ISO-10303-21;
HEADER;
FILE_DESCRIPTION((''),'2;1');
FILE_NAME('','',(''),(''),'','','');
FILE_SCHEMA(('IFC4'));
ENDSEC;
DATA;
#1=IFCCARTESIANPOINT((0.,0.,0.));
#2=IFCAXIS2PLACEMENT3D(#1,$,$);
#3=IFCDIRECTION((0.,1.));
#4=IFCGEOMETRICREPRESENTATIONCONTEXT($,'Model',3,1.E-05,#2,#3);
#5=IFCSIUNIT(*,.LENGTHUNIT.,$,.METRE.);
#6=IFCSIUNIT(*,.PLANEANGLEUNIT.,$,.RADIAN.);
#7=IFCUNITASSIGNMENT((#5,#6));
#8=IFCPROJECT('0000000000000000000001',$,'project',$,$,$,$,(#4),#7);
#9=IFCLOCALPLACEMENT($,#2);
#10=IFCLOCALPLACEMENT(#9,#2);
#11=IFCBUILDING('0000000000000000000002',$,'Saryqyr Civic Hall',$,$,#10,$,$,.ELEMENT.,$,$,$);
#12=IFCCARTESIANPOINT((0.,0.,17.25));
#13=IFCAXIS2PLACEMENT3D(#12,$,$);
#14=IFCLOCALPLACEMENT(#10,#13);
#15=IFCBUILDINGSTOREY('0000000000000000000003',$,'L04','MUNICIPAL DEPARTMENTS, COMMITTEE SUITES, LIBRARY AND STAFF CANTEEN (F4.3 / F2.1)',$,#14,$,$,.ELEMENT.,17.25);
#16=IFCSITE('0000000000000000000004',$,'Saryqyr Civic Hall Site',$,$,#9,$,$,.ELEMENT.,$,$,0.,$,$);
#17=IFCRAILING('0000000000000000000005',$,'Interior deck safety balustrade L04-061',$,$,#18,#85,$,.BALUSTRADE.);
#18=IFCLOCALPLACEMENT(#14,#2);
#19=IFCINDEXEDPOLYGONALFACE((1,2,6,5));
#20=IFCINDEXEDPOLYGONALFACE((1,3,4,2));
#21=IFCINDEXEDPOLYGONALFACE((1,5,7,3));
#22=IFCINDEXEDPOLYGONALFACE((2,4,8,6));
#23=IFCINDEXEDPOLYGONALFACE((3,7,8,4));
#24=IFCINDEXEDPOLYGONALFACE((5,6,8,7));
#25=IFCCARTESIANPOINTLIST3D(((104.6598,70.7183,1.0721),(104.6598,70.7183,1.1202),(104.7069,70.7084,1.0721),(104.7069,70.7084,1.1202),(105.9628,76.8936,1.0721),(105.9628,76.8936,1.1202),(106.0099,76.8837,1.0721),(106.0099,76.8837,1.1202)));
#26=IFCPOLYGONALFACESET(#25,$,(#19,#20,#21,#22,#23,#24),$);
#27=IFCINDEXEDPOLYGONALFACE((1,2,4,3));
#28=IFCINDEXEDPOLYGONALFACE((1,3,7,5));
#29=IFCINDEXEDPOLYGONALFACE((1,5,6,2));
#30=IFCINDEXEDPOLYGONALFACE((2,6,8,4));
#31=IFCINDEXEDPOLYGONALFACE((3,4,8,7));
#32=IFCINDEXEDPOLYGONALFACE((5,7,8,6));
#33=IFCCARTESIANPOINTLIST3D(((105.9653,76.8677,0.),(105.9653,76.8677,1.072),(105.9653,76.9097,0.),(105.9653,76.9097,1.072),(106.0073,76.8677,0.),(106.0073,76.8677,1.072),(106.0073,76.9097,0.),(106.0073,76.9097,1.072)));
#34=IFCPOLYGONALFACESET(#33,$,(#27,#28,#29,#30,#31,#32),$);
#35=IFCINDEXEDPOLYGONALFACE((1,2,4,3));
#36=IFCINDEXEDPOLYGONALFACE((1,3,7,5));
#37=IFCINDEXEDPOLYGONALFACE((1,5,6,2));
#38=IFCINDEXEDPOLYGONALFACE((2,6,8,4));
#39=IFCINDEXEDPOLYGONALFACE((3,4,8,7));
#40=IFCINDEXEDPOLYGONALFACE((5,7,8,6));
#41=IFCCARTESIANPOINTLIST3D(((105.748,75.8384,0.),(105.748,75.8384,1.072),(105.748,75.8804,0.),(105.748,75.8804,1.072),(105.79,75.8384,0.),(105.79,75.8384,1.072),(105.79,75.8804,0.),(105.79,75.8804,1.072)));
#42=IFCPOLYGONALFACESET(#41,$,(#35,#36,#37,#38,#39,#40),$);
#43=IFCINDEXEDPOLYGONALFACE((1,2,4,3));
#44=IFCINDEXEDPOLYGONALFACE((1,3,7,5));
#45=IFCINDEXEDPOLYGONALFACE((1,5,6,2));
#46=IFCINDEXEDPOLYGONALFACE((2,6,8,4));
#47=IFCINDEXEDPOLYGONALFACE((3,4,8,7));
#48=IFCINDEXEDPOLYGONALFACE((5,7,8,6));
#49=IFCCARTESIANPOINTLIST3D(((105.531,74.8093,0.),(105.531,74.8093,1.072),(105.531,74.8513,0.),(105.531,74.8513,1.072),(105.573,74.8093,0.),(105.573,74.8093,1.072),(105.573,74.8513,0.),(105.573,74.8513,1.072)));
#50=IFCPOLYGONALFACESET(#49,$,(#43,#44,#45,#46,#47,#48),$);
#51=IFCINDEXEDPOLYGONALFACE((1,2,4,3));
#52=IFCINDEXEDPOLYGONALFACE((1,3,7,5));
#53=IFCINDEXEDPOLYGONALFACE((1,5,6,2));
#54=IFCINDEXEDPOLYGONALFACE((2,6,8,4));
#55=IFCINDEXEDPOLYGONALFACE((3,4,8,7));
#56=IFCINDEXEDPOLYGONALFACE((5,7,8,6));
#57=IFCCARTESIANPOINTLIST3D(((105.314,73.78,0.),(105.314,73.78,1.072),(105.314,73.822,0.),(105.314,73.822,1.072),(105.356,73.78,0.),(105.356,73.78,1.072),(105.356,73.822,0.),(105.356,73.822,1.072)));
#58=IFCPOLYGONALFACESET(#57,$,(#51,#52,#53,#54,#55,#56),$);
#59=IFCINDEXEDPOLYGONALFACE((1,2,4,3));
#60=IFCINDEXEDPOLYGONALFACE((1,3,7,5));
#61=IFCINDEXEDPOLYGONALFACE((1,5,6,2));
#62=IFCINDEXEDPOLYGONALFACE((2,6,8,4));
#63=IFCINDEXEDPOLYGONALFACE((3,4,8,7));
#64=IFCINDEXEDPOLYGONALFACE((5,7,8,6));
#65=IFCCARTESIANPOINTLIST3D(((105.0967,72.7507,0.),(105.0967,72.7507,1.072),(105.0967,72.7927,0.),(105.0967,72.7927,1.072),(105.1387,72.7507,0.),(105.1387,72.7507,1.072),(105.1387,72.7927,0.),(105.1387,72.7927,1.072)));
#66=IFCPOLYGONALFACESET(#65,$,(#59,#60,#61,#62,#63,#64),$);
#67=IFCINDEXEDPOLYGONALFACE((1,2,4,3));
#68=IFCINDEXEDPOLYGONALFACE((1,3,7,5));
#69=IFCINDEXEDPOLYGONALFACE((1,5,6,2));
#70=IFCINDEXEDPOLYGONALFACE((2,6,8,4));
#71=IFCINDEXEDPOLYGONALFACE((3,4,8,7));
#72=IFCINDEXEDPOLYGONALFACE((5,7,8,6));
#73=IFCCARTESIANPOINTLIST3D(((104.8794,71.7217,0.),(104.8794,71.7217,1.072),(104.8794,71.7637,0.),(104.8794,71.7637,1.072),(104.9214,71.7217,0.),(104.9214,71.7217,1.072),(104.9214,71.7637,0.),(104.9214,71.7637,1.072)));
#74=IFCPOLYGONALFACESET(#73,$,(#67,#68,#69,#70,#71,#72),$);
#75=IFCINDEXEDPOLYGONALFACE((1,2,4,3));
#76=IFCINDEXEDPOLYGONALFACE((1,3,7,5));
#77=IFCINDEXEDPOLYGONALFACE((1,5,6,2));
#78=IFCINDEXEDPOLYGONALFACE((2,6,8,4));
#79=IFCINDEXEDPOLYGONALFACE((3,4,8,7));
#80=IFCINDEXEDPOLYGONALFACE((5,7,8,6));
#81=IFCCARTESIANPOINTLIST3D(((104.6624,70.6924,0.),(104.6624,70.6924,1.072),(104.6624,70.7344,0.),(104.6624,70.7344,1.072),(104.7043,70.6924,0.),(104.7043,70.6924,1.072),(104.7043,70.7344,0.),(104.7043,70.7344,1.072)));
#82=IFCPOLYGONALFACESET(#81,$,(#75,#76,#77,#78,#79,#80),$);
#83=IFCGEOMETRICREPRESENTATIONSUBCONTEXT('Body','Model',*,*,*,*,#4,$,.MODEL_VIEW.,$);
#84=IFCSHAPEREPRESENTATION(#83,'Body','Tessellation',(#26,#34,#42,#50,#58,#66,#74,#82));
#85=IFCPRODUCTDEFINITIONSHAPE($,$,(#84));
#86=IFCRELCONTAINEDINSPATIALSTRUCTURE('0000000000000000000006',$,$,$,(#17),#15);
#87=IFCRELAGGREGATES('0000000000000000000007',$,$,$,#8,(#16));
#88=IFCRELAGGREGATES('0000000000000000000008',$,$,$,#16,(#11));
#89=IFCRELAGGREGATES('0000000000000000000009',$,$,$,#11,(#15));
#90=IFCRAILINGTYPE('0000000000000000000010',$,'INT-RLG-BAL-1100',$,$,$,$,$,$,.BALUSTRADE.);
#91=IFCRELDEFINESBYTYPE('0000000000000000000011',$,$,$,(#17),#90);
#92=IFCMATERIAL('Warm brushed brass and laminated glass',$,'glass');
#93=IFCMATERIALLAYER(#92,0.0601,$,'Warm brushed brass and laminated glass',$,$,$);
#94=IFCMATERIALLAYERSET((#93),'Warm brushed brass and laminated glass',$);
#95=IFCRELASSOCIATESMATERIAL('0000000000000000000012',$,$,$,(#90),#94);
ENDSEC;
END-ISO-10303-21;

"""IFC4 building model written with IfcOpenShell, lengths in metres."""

from ifc_helpers import new_model, si_unit, direction, frame, origin, origin_2d, place, context, subcontext, project, spatial, rectangle, extrude, material, layer, layer_set, type_object, element, save


model = new_model("IFC4")

# Units and contexts
model_context = context("Model", 3, precision=1e-05, world=origin(), true_north=direction((0.0, 1.0)))
body_context = subcontext(model_context, "Body", "Model", "MODEL_VIEW")
ifc_project = project(units=[si_unit("LENGTHUNIT", "METRE"), si_unit("PLANEANGLEUNIT", "RADIAN")], contexts=[model_context])

# Site, building, storey
site_placement = place(None, origin())
site = spatial("IfcSite", under=ifc_project, at=site_placement, Name="Saryqyr Civic Hall Site", CompositionType="ELEMENT", RefElevation=0.0)
building_placement = place(site_placement, origin())
building = spatial("IfcBuilding", under=site, at=building_placement, Name="Saryqyr Civic Hall", CompositionType="ELEMENT")
storey_placement = place(building_placement, frame((0.0, 0.0, 17.25)))
storey = spatial("IfcBuildingStorey", under=building, at=storey_placement, Name="L04", Description="MUNICIPAL DEPARTMENTS, COMMITTEE SUITES, LIBRARY AND STAFF CANTEEN (F4.3 / F2.1)", CompositionType="ELEMENT", Elevation=17.25)

# Railing
ifc_material_1 = material(Name="Warm brushed brass and laminated glass", Category="glass")
ifc_layer_1 = layer(ifc_material_1, 0.0601, Name="Warm brushed brass and laminated glass")
ifc_layer_set_1 = layer_set([ifc_layer_1], Name="Warm brushed brass and laminated glass")
railing_type = type_object("IfcRailingType", Name="INT-RLG-BAL-1100", PredefinedType="BALUSTRADE", material=ifc_layer_set_1)
railing_placement = place(storey_placement, frame((105.9863, 76.8887, 0.0)))
element("IfcRailing", 1, at=railing_placement, inside=storey, type_object=railing_type, Name="Interior deck safety balustrade L04-061", PredefinedType="BALUSTRADE", context=body_context, shape_type="SweptSolid", body=[
    extrude(rectangle(XDim=0.0481, YDim=0.0481, at=origin_2d()), frame((0.0, 0.0, 1.0962), z_axis=(-0.206453, -0.978457, 0.0), x_axis=(0.978457, -0.206453, 0.0)), (0.0, 0.0, 1.0), 6.3113),
    extrude(rectangle(XDim=0.042, YDim=0.042, at=origin_2d()), origin(), (0.0, 0.0, 1.0), 1.072),
    extrude(rectangle(XDim=0.042, YDim=0.042, at=origin_2d()), frame((-0.2173, -1.0293, 0.0)), (0.0, 0.0, 1.0), 1.072),
    extrude(rectangle(XDim=0.042, YDim=0.042, at=origin_2d()), frame((-0.4343, -2.0583, 0.0)), (0.0, 0.0, 1.0), 1.072),
    extrude(rectangle(XDim=0.042, YDim=0.042, at=origin_2d()), frame((-0.6514, -3.0876, 0.0)), (0.0, 0.0, 1.0), 1.072),
    extrude(rectangle(XDim=0.042, YDim=0.042, at=origin_2d()), frame((-0.8687, -4.1169, 0.0)), (0.0, 0.0, 1.0), 1.072),
    extrude(rectangle(XDim=0.042, YDim=0.042, at=origin_2d()), frame((-1.0859, -5.146, 0.0)), (0.0, 0.0, 1.0), 1.072),
    extrude(rectangle(XDim=0.042, YDim=0.042, at=origin_2d()), frame((-1.303, -6.1753, 0.0)), (0.0, 0.0, 1.0), 1.072),
])

save(model, "model.ifc")
